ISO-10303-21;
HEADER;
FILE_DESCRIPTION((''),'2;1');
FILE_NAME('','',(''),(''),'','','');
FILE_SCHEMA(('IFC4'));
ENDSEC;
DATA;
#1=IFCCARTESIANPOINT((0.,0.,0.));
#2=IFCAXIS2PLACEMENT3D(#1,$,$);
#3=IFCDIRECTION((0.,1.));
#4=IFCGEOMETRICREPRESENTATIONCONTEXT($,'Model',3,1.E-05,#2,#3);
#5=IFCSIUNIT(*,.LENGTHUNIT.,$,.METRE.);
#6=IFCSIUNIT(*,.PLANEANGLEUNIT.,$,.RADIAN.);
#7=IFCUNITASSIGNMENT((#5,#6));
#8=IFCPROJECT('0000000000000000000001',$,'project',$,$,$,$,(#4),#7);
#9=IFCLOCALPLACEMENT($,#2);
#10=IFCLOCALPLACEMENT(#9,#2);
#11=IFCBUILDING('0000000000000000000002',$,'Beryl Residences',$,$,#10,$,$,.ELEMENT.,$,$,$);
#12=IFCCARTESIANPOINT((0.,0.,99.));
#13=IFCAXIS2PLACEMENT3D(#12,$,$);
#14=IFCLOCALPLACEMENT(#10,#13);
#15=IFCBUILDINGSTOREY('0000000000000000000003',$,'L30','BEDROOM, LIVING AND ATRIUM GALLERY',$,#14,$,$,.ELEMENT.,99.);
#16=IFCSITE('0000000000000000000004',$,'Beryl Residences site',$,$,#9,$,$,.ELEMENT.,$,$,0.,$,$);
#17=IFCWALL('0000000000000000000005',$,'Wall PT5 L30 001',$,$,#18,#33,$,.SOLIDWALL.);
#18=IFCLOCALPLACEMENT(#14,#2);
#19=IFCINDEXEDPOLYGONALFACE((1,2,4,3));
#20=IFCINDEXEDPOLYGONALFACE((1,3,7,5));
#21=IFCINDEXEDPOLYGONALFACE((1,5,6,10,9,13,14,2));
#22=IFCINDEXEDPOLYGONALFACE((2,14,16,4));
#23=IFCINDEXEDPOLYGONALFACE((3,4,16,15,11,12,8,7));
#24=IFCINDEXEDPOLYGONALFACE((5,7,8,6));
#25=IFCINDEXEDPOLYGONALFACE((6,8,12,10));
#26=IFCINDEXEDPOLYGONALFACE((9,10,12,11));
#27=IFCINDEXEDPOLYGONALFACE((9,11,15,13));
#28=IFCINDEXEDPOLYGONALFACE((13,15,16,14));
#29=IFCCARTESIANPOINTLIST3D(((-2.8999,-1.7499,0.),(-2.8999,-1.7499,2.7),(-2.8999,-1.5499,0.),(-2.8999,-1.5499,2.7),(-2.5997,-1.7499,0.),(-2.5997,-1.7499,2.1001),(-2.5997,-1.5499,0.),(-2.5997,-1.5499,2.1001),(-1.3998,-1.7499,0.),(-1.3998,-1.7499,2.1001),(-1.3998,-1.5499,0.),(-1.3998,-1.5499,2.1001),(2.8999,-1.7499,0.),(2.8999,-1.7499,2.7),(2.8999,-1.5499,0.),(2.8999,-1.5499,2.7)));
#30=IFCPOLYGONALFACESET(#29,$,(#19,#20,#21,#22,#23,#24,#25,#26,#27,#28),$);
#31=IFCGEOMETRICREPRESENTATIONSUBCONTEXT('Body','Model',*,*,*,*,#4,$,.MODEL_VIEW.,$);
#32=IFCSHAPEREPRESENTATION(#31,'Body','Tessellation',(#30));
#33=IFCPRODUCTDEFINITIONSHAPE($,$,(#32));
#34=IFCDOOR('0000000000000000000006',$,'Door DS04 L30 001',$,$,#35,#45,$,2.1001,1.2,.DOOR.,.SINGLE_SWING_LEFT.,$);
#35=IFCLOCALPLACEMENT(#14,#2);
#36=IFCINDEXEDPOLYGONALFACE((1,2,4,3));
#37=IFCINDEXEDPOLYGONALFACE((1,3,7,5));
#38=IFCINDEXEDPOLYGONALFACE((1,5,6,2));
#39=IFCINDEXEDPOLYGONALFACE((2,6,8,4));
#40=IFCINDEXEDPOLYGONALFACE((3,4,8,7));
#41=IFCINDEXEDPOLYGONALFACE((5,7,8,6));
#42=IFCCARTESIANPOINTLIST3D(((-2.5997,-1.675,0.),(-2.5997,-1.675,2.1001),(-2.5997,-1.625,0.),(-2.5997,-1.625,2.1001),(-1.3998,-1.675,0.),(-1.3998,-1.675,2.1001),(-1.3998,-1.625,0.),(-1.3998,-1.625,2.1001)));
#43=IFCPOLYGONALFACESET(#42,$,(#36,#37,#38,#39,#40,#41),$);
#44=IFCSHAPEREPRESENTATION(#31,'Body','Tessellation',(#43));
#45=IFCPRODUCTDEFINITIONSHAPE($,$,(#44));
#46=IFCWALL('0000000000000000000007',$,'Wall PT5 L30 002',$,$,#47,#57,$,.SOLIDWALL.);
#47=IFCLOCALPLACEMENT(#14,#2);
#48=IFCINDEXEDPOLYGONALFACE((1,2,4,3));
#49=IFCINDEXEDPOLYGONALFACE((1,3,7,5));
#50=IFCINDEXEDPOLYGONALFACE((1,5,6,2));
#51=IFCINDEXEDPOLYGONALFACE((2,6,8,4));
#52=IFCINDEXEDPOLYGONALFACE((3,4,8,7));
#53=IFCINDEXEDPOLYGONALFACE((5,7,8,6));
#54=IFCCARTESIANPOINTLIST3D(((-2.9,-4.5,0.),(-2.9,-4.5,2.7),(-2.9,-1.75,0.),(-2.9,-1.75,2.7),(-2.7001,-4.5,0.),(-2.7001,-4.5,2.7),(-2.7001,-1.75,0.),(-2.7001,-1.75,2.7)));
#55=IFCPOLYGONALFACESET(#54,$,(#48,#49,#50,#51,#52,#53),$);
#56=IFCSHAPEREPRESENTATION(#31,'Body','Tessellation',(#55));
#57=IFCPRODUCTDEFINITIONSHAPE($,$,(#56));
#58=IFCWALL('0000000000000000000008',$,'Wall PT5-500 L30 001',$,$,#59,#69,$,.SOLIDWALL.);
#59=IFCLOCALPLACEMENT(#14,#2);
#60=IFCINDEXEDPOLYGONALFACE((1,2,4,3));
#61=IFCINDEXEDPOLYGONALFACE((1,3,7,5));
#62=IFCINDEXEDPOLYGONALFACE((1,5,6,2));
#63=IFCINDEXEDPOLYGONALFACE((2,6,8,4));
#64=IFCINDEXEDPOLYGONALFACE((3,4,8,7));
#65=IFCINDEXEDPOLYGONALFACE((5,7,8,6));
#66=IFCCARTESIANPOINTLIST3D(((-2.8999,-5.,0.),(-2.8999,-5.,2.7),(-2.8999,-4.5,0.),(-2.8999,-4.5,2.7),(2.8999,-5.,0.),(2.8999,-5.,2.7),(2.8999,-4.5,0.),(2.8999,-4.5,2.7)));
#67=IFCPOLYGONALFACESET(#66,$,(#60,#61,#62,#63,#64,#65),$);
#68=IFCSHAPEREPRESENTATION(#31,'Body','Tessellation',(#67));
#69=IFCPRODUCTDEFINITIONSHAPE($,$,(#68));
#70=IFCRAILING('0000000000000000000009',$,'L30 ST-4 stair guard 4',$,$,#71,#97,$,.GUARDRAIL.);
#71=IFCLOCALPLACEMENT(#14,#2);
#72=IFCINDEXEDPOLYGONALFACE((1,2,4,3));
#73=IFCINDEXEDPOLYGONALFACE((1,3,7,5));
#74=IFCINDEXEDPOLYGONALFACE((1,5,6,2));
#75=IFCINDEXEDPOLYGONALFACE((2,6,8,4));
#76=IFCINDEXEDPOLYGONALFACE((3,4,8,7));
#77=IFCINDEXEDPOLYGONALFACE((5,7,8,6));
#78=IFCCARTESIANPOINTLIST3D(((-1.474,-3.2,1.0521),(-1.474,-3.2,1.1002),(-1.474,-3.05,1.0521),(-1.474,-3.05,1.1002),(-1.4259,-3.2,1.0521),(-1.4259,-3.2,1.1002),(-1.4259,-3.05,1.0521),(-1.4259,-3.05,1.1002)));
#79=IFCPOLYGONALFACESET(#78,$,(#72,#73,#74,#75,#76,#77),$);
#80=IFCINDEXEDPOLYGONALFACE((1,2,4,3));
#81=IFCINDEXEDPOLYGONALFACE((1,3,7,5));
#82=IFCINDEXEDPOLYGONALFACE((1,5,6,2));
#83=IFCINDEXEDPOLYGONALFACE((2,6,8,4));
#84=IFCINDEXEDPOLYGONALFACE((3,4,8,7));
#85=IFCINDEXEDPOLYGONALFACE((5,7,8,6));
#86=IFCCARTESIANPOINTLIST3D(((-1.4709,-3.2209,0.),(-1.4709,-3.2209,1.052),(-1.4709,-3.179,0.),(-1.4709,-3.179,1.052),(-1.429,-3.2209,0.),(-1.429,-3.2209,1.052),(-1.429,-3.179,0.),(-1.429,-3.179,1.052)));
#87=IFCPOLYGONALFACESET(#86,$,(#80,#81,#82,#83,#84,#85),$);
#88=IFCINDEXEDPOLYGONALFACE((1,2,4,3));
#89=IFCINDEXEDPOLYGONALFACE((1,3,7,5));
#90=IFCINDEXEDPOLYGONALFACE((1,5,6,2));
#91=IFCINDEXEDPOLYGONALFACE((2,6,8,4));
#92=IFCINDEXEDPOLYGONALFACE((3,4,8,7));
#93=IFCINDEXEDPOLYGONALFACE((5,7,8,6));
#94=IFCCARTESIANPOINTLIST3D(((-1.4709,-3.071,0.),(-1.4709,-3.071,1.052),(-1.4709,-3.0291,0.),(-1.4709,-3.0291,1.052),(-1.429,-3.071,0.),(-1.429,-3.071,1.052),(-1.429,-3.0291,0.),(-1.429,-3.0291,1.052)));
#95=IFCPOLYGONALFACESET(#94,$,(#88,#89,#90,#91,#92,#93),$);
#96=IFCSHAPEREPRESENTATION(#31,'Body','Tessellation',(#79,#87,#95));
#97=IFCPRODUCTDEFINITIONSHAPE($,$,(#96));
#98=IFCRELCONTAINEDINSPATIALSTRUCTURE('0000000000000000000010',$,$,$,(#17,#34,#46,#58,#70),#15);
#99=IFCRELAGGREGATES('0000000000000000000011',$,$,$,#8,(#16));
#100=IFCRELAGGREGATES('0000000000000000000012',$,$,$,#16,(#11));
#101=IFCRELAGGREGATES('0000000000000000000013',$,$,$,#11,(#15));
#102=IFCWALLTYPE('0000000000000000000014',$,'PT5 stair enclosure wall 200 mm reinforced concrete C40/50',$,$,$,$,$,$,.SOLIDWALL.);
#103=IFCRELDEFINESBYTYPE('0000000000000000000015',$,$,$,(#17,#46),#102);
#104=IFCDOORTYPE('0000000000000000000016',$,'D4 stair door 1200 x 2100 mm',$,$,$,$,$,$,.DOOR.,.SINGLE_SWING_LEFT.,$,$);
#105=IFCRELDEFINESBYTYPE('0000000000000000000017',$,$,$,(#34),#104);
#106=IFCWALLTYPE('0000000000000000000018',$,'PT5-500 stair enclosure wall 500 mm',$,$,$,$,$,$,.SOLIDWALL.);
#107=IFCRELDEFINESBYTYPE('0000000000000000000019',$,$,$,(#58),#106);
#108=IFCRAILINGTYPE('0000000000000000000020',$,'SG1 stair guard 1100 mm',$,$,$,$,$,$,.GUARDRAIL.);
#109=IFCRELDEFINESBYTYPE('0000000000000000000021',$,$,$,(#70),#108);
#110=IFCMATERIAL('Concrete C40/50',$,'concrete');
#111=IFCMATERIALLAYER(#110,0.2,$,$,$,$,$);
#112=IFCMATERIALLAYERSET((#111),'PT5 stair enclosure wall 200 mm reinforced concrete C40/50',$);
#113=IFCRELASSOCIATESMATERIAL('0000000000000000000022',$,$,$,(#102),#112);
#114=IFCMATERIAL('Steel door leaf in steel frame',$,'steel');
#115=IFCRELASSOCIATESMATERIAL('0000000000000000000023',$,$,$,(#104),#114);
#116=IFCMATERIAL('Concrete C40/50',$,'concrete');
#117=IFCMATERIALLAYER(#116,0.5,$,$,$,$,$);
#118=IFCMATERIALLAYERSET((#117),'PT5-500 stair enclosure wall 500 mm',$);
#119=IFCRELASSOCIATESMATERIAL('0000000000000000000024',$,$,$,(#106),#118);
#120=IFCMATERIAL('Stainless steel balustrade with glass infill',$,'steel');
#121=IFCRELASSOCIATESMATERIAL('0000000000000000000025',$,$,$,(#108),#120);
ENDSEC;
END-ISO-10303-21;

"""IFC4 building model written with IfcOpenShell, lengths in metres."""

from ifc_helpers import new_model, si_unit, direction, frame, frame_2d, origin, origin_2d, place, context, subcontext, project, spatial, rectangle, extrude, material, layer, layer_set, type_object, element, fill, save


model = new_model("IFC4")

# Units and contexts
model_context = context("Model", 3, precision=1e-05, world=origin(), true_north=direction((0.0, 1.0)))
body_context = subcontext(model_context, "Body", "Model", "MODEL_VIEW")
ifc_project = project(units=[si_unit("LENGTHUNIT", "METRE"), si_unit("PLANEANGLEUNIT", "RADIAN")], contexts=[model_context])

# Site, building, storey
site_placement = place(None, origin())
site = spatial("IfcSite", under=ifc_project, at=site_placement, Name="Beryl Residences site", CompositionType="ELEMENT", RefElevation=0.0)
building_placement = place(site_placement, origin())
building = spatial("IfcBuilding", under=site, at=building_placement, Name="Beryl Residences", CompositionType="ELEMENT")
storey_placement = place(building_placement, frame((0.0, 0.0, 99.0)))
storey = spatial("IfcBuildingStorey", under=building, at=storey_placement, Name="L30", Description="BEDROOM, LIVING AND ATRIUM GALLERY", CompositionType="ELEMENT", Elevation=99.0)

# Wall, opening, door
ifc_material_1 = material(Name="Concrete C40/50", Category="concrete")
ifc_layer_1 = layer(ifc_material_1, 0.2)
ifc_layer_set_1 = layer_set([ifc_layer_1], Name="PT5 stair enclosure wall 200 mm reinforced concrete C40/50")
wall_type_1 = type_object("IfcWallType", Name="PT5 stair enclosure wall 200 mm reinforced concrete C40/50", PredefinedType="SOLIDWALL", material=ifc_layer_set_1)
wall_1_placement = place(storey_placement, frame((-2.8999, -1.6499, 0.0), z_axis=(0.0, 0.0, 1.0), x_axis=(1.0, 0.0, 0.0)))
wall_1 = element("IfcWall", 1, at=wall_1_placement, inside=storey, type_object=wall_type_1, Name="Wall PT5 L30 001", PredefinedType="SOLIDWALL", context=body_context, shape_type="SweptSolid", body=[
    extrude(rectangle(XDim=5.7998, YDim=0.2, at=frame_2d((2.8999, 0.0))), origin(), (0.0, 0.0, 1.0), 2.7),
])
opening_1_placement = place(wall_1_placement, frame((0.3, 0.0, 0.0)))
opening_1 = element("IfcOpeningElement", 2, at=opening_1_placement, cuts=wall_1, PredefinedType="OPENING", context=body_context, shape_type="SweptSolid", body=[
    extrude(rectangle(XDim=1.2, YDim=2.1001, at=frame_2d((0.6001, 1.05))), frame((0.0, 0.1099, 0.0), z_axis=(0.0, -1.0, 0.0), x_axis=(1.0, 0.0, 0.0)), (0.0, 0.0, 1.0), 0.22),
])
ifc_material_2 = material(Name="Steel door leaf in steel frame", Category="steel")
door_type_1 = type_object("IfcDoorType", Name="D4 stair door 1200 x 2100 mm", OperationType="SINGLE_SWING_LEFT", PredefinedType="DOOR", material=ifc_material_2)
door_1_placement = place(opening_1_placement, origin())
door_1 = element("IfcDoor", 3, at=door_1_placement, inside=storey, type_object=door_type_1, Name="Door DS04 L30 001", OperationType="SINGLE_SWING_LEFT", OverallHeight=2.1001, OverallWidth=1.2, PredefinedType="DOOR", context=body_context, shape_type="SweptSolid", body=[
    extrude(rectangle(XDim=1.2, YDim=2.1001, at=frame_2d((0.6001, 1.05))), frame((0.0, 0.0249, 0.0), z_axis=(0.0, -1.0, 0.0), x_axis=(1.0, 0.0, 0.0)), (0.0, 0.0, 1.0), 0.05),
])
fill(opening_1, door_1)

# Walls
wall_2_placement = place(storey_placement, frame((-2.8, -4.5, 0.0), z_axis=(0.0, 0.0, 1.0), x_axis=(0.0, 1.0, 0.0)))
element("IfcWall", 4, at=wall_2_placement, inside=storey, type_object=wall_type_1, Name="Wall PT5 L30 002", PredefinedType="SOLIDWALL", context=body_context, shape_type="SweptSolid", body=[
    extrude(rectangle(XDim=2.75, YDim=0.2, at=frame_2d((1.375, 0.0))), origin(), (0.0, 0.0, 1.0), 2.7),
])
ifc_material_3 = material(Name="Concrete C40/50", Category="concrete")
ifc_layer_2 = layer(ifc_material_3, 0.5)
ifc_layer_set_2 = layer_set([ifc_layer_2], Name="PT5-500 stair enclosure wall 500 mm")
wall_type_2 = type_object("IfcWallType", Name="PT5-500 stair enclosure wall 500 mm", PredefinedType="SOLIDWALL", material=ifc_layer_set_2)
wall_3_placement = place(storey_placement, frame((-2.8999, -4.75, 0.0), z_axis=(0.0, 0.0, 1.0), x_axis=(1.0, 0.0, 0.0)))
element("IfcWall", 5, at=wall_3_placement, inside=storey, type_object=wall_type_2, Name="Wall PT5-500 L30 001", PredefinedType="SOLIDWALL", context=body_context, shape_type="SweptSolid", body=[
    extrude(rectangle(XDim=5.7998, YDim=0.5, at=frame_2d((2.8999, 0.0))), origin(), (0.0, 0.0, 1.0), 2.7),
])

# Railing
ifc_material_4 = material(Name="Stainless steel balustrade with glass infill", Category="steel")
railing_type = type_object("IfcRailingType", Name="SG1 stair guard 1100 mm", PredefinedType="GUARDRAIL", material=ifc_material_4)
railing_placement = place(storey_placement, frame((-1.45, -3.2, 0.0)))
element("IfcRailing", 6, at=railing_placement, inside=storey, type_object=railing_type, Name="L30 ST-4 stair guard 4", PredefinedType="GUARDRAIL", context=body_context, shape_type="SweptSolid", body=[
    extrude(rectangle(XDim=0.0481, YDim=0.0481, at=origin_2d()), frame((0.0, 0.0, 1.0762), z_axis=(0.0, 1.0, 0.0), x_axis=(-1.0, 0.0, 0.0)), (0.0, 0.0, 1.0), 0.1499),
    extrude(rectangle(XDim=0.042, YDim=0.042, at=origin_2d()), origin(), (0.0, 0.0, 1.0), 1.052),
    extrude(rectangle(XDim=0.042, YDim=0.042, at=origin_2d()), frame((0.0, 0.1499, 0.0)), (0.0, 0.0, 1.0), 1.052),
])

save(model, "model.ifc")
